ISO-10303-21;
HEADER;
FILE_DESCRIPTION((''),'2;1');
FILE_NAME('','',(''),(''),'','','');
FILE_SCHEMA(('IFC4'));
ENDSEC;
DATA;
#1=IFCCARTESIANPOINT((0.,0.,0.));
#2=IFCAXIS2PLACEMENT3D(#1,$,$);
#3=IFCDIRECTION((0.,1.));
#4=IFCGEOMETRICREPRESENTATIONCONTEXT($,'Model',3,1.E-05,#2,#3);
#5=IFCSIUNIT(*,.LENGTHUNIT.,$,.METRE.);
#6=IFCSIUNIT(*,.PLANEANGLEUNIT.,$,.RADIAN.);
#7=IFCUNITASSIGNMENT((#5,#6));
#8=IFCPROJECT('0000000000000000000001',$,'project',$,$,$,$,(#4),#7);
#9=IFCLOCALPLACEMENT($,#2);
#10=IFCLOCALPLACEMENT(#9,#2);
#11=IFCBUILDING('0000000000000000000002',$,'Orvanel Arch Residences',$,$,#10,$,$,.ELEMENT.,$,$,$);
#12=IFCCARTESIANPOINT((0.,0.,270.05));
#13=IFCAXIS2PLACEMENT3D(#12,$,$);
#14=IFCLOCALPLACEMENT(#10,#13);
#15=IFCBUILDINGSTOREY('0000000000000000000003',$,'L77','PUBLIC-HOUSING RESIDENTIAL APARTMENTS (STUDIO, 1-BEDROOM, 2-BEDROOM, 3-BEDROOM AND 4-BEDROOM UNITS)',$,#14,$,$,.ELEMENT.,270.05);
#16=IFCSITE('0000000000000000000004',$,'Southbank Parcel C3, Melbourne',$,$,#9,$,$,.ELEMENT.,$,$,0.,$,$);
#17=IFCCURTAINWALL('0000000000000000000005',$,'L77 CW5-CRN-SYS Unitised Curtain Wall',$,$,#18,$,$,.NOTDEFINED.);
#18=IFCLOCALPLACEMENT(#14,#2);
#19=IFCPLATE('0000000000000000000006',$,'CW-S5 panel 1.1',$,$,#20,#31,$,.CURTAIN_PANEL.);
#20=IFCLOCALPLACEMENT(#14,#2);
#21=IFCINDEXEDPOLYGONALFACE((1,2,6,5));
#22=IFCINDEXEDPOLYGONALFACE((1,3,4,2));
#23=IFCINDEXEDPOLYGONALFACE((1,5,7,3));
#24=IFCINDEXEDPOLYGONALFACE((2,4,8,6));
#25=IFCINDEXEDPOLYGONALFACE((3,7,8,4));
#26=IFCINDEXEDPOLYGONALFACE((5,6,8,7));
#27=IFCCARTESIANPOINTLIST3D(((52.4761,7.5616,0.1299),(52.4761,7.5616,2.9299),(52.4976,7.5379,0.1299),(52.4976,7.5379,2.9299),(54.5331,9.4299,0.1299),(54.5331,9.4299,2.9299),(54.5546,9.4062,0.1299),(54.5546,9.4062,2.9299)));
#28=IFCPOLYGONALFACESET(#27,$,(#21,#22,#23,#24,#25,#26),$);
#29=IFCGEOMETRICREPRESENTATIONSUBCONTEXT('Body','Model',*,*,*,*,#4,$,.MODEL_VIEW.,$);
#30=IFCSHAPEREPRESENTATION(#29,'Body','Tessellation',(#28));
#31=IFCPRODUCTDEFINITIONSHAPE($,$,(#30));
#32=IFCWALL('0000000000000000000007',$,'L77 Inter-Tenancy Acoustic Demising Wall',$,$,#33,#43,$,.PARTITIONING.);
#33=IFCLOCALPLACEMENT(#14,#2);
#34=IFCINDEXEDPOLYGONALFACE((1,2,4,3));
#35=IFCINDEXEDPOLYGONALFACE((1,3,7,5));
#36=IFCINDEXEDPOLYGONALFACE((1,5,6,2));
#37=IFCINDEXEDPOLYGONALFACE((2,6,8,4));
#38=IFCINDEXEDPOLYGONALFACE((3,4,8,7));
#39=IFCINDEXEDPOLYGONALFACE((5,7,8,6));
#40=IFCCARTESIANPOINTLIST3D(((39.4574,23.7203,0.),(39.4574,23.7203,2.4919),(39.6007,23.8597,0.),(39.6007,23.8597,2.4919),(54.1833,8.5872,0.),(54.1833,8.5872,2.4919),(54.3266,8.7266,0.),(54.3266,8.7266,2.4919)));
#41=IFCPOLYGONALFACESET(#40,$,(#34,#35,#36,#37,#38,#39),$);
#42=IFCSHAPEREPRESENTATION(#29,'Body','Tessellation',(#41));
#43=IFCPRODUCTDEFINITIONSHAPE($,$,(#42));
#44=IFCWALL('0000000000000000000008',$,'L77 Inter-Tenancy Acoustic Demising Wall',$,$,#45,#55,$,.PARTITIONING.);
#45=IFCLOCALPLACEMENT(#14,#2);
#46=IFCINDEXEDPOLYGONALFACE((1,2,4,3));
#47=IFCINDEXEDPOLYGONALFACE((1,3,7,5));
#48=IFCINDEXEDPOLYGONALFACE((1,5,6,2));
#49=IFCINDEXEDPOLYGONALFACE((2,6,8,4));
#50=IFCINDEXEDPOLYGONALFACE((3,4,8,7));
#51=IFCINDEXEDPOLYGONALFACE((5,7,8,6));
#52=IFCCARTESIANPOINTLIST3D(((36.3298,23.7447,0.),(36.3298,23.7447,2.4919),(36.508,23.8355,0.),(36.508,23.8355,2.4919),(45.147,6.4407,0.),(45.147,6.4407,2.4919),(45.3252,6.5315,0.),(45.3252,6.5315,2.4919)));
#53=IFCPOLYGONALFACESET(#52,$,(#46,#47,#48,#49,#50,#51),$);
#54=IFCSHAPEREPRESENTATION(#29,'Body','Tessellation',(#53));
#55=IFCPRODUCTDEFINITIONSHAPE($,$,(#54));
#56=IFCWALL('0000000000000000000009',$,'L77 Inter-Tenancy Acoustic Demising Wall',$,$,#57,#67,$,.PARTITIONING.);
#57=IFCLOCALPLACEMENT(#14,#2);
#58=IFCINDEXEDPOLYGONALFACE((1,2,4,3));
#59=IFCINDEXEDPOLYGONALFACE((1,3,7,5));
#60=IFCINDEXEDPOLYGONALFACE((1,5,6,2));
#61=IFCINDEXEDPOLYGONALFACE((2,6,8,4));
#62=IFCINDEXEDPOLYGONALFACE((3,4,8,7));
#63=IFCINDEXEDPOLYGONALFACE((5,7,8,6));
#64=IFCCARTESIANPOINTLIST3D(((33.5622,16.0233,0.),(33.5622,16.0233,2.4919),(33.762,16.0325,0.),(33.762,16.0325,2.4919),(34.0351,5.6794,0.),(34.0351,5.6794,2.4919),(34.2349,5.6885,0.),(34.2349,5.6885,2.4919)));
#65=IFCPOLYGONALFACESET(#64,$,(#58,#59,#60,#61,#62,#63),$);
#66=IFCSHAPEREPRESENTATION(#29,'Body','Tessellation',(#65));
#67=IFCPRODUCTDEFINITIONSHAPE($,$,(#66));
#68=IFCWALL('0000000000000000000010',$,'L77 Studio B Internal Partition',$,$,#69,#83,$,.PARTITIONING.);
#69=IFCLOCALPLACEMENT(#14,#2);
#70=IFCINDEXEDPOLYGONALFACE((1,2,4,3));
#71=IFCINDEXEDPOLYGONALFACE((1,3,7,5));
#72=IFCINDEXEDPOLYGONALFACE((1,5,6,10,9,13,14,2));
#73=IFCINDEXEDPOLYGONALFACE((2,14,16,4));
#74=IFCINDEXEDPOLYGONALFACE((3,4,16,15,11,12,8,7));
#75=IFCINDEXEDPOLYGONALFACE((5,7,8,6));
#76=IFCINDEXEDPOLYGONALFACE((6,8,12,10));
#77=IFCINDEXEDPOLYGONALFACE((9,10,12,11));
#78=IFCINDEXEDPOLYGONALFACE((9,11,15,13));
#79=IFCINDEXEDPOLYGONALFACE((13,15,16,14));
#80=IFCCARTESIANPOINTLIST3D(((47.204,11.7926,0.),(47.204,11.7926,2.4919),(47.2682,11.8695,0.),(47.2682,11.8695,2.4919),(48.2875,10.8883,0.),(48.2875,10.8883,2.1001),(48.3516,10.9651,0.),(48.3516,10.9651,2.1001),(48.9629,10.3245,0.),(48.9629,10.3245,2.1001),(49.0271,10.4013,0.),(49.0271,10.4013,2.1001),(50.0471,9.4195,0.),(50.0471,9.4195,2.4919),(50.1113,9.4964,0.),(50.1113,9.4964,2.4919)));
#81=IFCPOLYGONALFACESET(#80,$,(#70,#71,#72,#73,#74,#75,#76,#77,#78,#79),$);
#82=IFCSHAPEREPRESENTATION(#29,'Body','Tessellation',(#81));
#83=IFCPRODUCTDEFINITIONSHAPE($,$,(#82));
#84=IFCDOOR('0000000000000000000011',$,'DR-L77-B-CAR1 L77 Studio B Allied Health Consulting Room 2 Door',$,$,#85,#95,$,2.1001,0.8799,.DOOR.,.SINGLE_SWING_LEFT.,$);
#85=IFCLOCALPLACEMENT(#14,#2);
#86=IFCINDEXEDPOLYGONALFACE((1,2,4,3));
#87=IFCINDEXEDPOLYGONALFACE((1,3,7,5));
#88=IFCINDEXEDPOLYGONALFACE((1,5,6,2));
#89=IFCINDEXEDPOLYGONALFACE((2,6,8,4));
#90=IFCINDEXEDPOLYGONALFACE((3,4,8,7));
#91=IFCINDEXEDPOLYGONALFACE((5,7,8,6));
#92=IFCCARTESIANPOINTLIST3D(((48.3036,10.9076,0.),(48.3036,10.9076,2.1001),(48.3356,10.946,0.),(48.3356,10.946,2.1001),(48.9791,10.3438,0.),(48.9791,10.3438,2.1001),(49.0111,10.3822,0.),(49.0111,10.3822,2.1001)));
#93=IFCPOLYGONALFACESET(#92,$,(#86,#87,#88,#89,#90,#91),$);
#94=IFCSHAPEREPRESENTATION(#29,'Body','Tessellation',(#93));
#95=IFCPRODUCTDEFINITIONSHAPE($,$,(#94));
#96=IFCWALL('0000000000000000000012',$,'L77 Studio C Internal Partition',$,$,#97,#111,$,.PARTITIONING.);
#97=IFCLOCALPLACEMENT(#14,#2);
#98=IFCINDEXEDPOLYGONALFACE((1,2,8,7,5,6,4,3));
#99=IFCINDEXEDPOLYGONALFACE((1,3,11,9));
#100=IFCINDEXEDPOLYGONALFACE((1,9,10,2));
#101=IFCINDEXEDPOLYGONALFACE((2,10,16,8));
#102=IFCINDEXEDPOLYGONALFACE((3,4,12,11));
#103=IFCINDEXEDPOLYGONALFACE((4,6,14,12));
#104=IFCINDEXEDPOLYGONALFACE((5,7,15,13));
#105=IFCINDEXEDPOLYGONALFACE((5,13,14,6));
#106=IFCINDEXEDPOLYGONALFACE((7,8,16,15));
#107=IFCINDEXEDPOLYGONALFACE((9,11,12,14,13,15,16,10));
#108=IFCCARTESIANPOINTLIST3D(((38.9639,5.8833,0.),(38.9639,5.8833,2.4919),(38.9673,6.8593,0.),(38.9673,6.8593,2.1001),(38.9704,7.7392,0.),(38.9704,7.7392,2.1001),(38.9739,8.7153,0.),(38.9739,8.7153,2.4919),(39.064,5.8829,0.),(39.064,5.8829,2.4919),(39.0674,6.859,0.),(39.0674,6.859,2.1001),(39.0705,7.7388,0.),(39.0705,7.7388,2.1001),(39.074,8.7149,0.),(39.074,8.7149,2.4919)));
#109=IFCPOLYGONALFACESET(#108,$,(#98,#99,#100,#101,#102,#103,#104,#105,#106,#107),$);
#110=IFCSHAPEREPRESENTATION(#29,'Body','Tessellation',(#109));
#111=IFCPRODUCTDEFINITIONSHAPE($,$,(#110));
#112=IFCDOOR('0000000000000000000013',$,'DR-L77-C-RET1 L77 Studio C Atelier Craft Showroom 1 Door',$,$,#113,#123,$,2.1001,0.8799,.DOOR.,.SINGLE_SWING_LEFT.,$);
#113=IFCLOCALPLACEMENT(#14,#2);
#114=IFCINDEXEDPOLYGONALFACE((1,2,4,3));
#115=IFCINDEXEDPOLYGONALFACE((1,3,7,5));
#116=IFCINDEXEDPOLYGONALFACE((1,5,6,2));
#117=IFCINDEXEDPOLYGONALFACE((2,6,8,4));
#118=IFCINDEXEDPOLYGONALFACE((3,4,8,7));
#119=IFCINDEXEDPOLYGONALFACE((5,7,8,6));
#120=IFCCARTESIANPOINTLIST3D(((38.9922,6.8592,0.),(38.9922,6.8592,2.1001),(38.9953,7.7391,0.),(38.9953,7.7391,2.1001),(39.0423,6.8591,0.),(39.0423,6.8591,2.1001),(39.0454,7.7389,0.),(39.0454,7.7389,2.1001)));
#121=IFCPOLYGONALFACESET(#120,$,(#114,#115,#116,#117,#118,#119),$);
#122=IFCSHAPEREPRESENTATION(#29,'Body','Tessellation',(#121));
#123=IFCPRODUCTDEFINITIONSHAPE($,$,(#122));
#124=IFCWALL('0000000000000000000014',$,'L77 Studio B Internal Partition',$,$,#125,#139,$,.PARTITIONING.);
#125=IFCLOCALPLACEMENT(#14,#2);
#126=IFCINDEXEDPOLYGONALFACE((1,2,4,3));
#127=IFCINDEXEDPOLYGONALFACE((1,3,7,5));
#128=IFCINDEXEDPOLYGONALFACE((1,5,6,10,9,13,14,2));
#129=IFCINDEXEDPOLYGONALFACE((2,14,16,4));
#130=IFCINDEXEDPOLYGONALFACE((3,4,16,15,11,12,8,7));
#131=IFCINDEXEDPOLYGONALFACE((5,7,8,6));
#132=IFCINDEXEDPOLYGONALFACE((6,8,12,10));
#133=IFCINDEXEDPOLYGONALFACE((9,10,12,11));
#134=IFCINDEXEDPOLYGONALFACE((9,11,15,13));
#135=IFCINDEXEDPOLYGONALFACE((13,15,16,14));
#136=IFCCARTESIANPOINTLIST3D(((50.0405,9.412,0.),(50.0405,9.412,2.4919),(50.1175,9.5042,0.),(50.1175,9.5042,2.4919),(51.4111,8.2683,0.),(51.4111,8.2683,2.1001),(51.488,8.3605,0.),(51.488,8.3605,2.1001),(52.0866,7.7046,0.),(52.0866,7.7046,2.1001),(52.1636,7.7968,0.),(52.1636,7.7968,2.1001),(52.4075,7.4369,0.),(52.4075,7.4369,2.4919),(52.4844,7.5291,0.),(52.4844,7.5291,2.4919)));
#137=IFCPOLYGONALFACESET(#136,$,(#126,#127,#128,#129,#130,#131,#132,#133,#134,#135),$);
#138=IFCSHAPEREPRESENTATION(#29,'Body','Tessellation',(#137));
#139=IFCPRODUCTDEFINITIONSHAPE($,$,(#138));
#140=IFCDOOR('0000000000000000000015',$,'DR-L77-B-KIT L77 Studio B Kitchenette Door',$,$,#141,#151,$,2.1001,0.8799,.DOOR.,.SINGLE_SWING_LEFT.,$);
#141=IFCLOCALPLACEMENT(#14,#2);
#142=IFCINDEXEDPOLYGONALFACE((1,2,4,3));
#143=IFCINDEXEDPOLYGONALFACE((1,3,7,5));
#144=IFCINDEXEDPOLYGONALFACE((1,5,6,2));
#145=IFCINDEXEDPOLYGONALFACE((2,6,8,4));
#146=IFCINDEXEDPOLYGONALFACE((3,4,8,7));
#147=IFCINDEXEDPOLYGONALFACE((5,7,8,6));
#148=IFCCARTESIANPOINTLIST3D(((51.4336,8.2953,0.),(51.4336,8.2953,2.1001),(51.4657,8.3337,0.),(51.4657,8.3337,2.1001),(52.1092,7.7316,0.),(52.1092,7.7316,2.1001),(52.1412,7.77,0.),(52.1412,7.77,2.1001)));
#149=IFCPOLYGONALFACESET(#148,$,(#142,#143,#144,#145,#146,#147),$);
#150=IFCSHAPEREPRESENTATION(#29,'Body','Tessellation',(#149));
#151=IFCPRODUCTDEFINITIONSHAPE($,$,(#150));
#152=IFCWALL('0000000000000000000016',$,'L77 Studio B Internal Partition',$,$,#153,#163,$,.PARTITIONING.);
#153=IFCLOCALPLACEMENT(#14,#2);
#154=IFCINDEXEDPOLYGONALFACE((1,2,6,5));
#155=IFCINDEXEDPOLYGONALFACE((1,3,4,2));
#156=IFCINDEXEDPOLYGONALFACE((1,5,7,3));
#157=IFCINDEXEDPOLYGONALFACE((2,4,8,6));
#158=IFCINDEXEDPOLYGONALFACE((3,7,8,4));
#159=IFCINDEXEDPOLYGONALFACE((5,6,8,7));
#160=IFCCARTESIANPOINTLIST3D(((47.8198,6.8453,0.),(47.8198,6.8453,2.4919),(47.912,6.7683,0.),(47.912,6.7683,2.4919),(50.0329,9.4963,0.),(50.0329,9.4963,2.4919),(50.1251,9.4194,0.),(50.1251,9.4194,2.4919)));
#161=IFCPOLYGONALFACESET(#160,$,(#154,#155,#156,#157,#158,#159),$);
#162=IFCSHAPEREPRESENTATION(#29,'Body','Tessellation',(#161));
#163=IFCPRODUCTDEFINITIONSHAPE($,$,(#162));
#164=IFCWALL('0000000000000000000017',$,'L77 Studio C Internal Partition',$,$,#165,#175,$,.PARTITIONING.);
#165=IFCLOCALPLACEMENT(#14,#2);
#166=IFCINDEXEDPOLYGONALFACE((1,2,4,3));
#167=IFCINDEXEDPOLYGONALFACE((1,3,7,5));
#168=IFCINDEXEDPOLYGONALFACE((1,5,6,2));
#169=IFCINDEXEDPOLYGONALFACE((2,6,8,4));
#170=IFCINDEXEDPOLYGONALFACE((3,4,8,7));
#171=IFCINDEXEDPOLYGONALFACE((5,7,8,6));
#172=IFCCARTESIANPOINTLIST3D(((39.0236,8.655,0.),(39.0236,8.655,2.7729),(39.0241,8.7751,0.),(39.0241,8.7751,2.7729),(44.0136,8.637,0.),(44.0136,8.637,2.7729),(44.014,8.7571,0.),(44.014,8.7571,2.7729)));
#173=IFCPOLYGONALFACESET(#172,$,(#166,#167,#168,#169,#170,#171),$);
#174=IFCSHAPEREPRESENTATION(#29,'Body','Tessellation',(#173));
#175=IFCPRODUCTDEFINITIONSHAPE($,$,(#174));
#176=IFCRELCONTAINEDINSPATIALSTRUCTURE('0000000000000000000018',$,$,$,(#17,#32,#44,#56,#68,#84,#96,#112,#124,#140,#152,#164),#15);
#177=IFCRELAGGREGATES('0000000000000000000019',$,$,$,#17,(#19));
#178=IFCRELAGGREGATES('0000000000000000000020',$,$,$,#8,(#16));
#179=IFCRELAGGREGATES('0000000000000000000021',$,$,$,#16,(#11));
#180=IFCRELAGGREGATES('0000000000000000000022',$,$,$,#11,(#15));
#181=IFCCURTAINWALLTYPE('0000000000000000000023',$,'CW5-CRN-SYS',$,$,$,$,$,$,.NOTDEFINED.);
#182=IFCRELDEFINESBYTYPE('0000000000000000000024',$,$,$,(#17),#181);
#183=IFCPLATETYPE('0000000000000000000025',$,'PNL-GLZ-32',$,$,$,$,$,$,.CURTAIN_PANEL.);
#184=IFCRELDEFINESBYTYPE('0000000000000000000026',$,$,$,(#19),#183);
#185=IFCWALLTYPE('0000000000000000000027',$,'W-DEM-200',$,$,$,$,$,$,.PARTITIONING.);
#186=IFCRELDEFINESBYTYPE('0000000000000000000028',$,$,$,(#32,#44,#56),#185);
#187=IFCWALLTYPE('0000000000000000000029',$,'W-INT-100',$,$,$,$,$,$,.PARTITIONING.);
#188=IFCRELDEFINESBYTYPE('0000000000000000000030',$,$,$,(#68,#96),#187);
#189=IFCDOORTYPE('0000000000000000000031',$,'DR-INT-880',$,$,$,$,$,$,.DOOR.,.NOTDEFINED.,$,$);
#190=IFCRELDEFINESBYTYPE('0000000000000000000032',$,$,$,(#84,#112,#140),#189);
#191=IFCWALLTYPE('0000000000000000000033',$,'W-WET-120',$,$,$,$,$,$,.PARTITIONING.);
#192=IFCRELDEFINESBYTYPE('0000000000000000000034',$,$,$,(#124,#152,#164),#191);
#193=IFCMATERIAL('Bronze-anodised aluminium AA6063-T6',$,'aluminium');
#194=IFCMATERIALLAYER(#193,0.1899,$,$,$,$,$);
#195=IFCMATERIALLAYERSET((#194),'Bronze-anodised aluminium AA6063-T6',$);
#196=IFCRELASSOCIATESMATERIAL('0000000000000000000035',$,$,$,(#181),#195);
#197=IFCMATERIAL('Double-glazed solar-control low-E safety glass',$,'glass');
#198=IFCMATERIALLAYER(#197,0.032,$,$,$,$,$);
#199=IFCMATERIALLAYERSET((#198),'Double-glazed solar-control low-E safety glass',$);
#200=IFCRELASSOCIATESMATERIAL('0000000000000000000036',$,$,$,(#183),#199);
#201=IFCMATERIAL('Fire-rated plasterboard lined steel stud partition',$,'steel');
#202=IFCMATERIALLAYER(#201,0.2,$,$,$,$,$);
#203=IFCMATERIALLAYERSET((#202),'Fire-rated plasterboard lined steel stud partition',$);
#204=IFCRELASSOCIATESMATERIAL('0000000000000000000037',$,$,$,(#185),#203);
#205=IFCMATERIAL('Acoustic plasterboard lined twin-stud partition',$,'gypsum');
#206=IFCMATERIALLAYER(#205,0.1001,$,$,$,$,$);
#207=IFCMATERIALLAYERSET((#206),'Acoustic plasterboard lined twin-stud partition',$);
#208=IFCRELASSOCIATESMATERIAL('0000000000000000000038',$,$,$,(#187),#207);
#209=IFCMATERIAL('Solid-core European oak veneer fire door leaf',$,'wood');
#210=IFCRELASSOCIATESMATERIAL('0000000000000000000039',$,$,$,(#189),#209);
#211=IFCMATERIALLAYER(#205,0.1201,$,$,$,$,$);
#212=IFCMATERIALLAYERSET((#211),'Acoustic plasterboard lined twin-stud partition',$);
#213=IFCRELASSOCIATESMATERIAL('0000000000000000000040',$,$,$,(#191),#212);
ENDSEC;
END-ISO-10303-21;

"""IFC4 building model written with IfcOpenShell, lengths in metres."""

from ifc_helpers import new_model, si_unit, direction, frame, frame_2d, origin, origin_2d, place, context, subcontext, project, spatial, rectangle, extrude, material, layer, layer_set, type_object, element, fill, aggregate, save


model = new_model("IFC4")

# Units and contexts
model_context = context("Model", 3, precision=1e-05, world=origin(), true_north=direction((0.0, 1.0)))
body_context = subcontext(model_context, "Body", "Model", "MODEL_VIEW")
ifc_project = project(units=[si_unit("LENGTHUNIT", "METRE"), si_unit("PLANEANGLEUNIT", "RADIAN")], contexts=[model_context])

# Site, building, storey
site_placement = place(None, origin())
site = spatial("IfcSite", under=ifc_project, at=site_placement, Name="Southbank Parcel C3, Melbourne", CompositionType="ELEMENT", RefElevation=0.0)
building_placement = place(site_placement, origin())
building = spatial("IfcBuilding", under=site, at=building_placement, Name="Orvanel Arch Residences", CompositionType="ELEMENT")
storey_placement = place(building_placement, frame((0.0, 0.0, 270.05)))
storey = spatial("IfcBuildingStorey", under=building, at=storey_placement, Name="L77", Description="PUBLIC-HOUSING RESIDENTIAL APARTMENTS (STUDIO, 1-BEDROOM, 2-BEDROOM, 3-BEDROOM AND 4-BEDROOM UNITS)", CompositionType="ELEMENT", Elevation=270.05)

# Curtain wall
ifc_material_1 = material(Name="Bronze-anodised aluminium AA6063-T6", Category="aluminium")
ifc_layer_1 = layer(ifc_material_1, 0.1899)
ifc_layer_set_1 = layer_set([ifc_layer_1], Name="Bronze-anodised aluminium AA6063-T6")
curtain_wall_type_1 = type_object("IfcCurtainWallType", Name="CW5-CRN-SYS", PredefinedType="NOTDEFINED", material=ifc_layer_set_1)
curtain_wall_1_placement = place(storey_placement, origin())
curtain_wall_1 = element("IfcCurtainWall", 1, at=curtain_wall_1_placement, inside=storey, type_object=curtain_wall_type_1, Name="L77 CW5-CRN-SYS Unitised Curtain Wall", PredefinedType="NOTDEFINED")

# Plate
ifc_material_2 = material(Name="Double-glazed solar-control low-E safety glass", Category="glass")
ifc_layer_2 = layer(ifc_material_2, 0.032)
ifc_layer_set_2 = layer_set([ifc_layer_2], Name="Double-glazed solar-control low-E safety glass")
plate_type_1 = type_object("IfcPlateType", Name="PNL-GLZ-32", PredefinedType="CURTAIN_PANEL", material=ifc_layer_set_2)
plate_1_placement = place(storey_placement, frame((53.5154, 8.4839, 0.1299), z_axis=(0.0, 0.0, 1.0), x_axis=(0.740234, 0.672349, 0.0)))
plate_1 = element("IfcPlate", 2, at=plate_1_placement, type_object=plate_type_1, Name="CW-S5 panel 1.1", PredefinedType="CURTAIN_PANEL", context=body_context, shape_type="SweptSolid", body=[
    extrude(rectangle(XDim=2.7788, YDim=0.032, at=origin_2d()), origin(), (0.0, 0.0, 1.0), 2.8),
])
aggregate(curtain_wall_1, [plate_1])

# Walls
ifc_material_3 = material(Name="Fire-rated plasterboard lined steel stud partition", Category="steel")
ifc_layer_3 = layer(ifc_material_3, 0.2)
ifc_layer_set_3 = layer_set([ifc_layer_3], Name="Fire-rated plasterboard lined steel stud partition")
wall_type_1 = type_object("IfcWallType", Name="W-DEM-200", PredefinedType="PARTITIONING", material=ifc_layer_set_3)
wall_1_placement = place(storey_placement, frame((54.2549, 8.657, 0.0), z_axis=(0.0, 0.0, 1.0), x_axis=(-0.697398, 0.716684, 0.0)))
element("IfcWall", 3, at=wall_1_placement, inside=storey, type_object=wall_type_1, Name="L77 Inter-Tenancy Acoustic Demising Wall", PredefinedType="PARTITIONING", context=body_context, shape_type="SweptSolid", body=[
    extrude(rectangle(XDim=21.1155, YDim=0.2, at=frame_2d((10.5576, 0.0))), origin(), (0.0, 0.0, 1.0), 2.4919),
])
wall_2_placement = place(storey_placement, frame((45.2361, 6.4861, 0.0), z_axis=(0.0, 0.0, 1.0), x_axis=(-0.454004, 0.891, 0.0)))
element("IfcWall", 4, at=wall_2_placement, inside=storey, type_object=wall_type_1, Name="L77 Inter-Tenancy Acoustic Demising Wall", PredefinedType="PARTITIONING", context=body_context, shape_type="SweptSolid", body=[
    extrude(rectangle(XDim=19.4209, YDim=0.2, at=frame_2d((9.7104, 0.0))), origin(), (0.0, 0.0, 1.0), 2.4919),
])
wall_3_placement = place(storey_placement, frame((34.135, 5.6841, 0.0), z_axis=(0.0, 0.0, 1.0), x_axis=(-0.04567, 0.998957, 0.0)))
element("IfcWall", 5, at=wall_3_placement, inside=storey, type_object=wall_type_1, Name="L77 Inter-Tenancy Acoustic Demising Wall", PredefinedType="PARTITIONING", context=body_context, shape_type="SweptSolid", body=[
    extrude(rectangle(XDim=10.3547, YDim=0.2, at=frame_2d((5.1772, 0.0))), origin(), (0.0, 0.0, 1.0), 2.4919),
])

# Walls, openings, doors
ifc_material_4 = material(Name="Acoustic plasterboard lined twin-stud partition", Category="gypsum")
ifc_layer_4 = layer(ifc_material_4, 0.1001)
ifc_layer_set_4 = layer_set([ifc_layer_4], Name="Acoustic plasterboard lined twin-stud partition")
wall_type_2 = type_object("IfcWallType", Name="W-INT-100", PredefinedType="PARTITIONING", material=ifc_layer_set_4)
wall_4_placement = place(storey_placement, frame((50.0791, 9.458, 0.0), z_axis=(0.0, 0.0, 1.0), x_axis=(-0.767708, 0.6408, 0.0)))
wall_4 = element("IfcWall", 6, at=wall_4_placement, inside=storey, type_object=wall_type_2, Name="L77 Studio B Internal Partition", PredefinedType="PARTITIONING", context=body_context, shape_type="SweptSolid", body=[
    extrude(rectangle(XDim=3.7034, YDim=0.1001, at=frame_2d((1.8516, 0.0))), origin(), (0.0, 0.0, 1.0), 2.4919),
])
opening_1_placement = place(wall_4_placement, frame((1.4121, 0.0, 0.0)))
opening_1 = element("IfcOpeningElement", 7, at=opening_1_placement, cuts=wall_4, PredefinedType="OPENING", context=body_context, shape_type="SweptSolid", body=[
    extrude(rectangle(XDim=0.8799, YDim=2.1001, at=frame_2d((0.4399, 1.05))), frame((0.0, 0.0601, 0.0), z_axis=(0.0, -1.0, 0.0), x_axis=(1.0, 0.0, 0.0)), (0.0, 0.0, 1.0), 0.1201),
])
ifc_material_5 = material(Name="Solid-core European oak veneer fire door leaf", Category="wood")
door_type = type_object("IfcDoorType", Name="DR-INT-880", OperationType="NOTDEFINED", PredefinedType="DOOR", material=ifc_material_5)
door_1_placement = place(opening_1_placement, origin())
door_1 = element("IfcDoor", 8, at=door_1_placement, inside=storey, type_object=door_type, Name="DR-L77-B-CAR1 L77 Studio B Allied Health Consulting Room 2 Door", OperationType="SINGLE_SWING_LEFT", OverallHeight=2.1001, OverallWidth=0.8799, PredefinedType="DOOR", context=body_context, shape_type="SweptSolid", body=[
    extrude(rectangle(XDim=0.8799, YDim=2.1001, at=frame_2d((0.4399, 1.05))), frame((0.0, 0.0249, 0.0), z_axis=(0.0, -1.0, 0.0), x_axis=(1.0, 0.0, 0.0)), (0.0, 0.0, 1.0), 0.05),
])
fill(opening_1, door_1)
wall_5_placement = place(storey_placement, frame((39.0239, 8.7151, 0.0), z_axis=(0.0, 0.0, 1.0), x_axis=(-0.003534, -0.999994, 0.0)))
wall_5 = element("IfcWall", 9, at=wall_5_placement, inside=storey, type_object=wall_type_2, Name="L77 Studio C Internal Partition", PredefinedType="PARTITIONING", context=body_context, shape_type="SweptSolid", body=[
    extrude(rectangle(XDim=2.832, YDim=0.1001, at=frame_2d((1.416, 0.0))), origin(), (0.0, 0.0, 1.0), 2.4919),
])
opening_2_placement = place(wall_5_placement, frame((0.9761, 0.0, 0.0)))
opening_2 = element("IfcOpeningElement", 10, at=opening_2_placement, cuts=wall_5, PredefinedType="OPENING", context=body_context, shape_type="SweptSolid", body=[
    extrude(rectangle(XDim=0.8799, YDim=2.1001, at=frame_2d((0.4399, 1.05))), frame((0.0, 0.0601, 0.0), z_axis=(0.0, -1.0, 0.0), x_axis=(1.0, 0.0, 0.0)), (0.0, 0.0, 1.0), 0.1201),
])
door_2_placement = place(opening_2_placement, origin())
door_2 = element("IfcDoor", 11, at=door_2_placement, inside=storey, type_object=door_type, Name="DR-L77-C-RET1 L77 Studio C Atelier Craft Showroom 1 Door", OperationType="SINGLE_SWING_LEFT", OverallHeight=2.1001, OverallWidth=0.8799, PredefinedType="DOOR", context=body_context, shape_type="SweptSolid", body=[
    extrude(rectangle(XDim=0.8799, YDim=2.1001, at=frame_2d((0.4399, 1.05))), frame((0.0, 0.0249, 0.0), z_axis=(0.0, -1.0, 0.0), x_axis=(1.0, 0.0, 0.0)), (0.0, 0.0, 1.0), 0.05),
])
fill(opening_2, door_2)
ifc_layer_5 = layer(ifc_material_4, 0.1201)
ifc_layer_set_5 = layer_set([ifc_layer_5], Name="Acoustic plasterboard lined twin-stud partition")
wall_type_3 = type_object("IfcWallType", Name="W-WET-120", PredefinedType="PARTITIONING", material=ifc_layer_set_5)
wall_6_placement = place(storey_placement, frame((52.446, 7.4829, 0.0), z_axis=(0.0, 0.0, 1.0), x_axis=(-0.767799, 0.640691, 0.0)))
wall_6 = element("IfcWall", 12, at=wall_6_placement, inside=storey, type_object=wall_type_3, Name="L77 Studio B Internal Partition", PredefinedType="PARTITIONING", context=body_context, shape_type="SweptSolid", body=[
    extrude(rectangle(XDim=3.0828, YDim=0.1201, at=frame_2d((1.5415, 0.0))), origin(), (0.0, 0.0, 1.0), 2.4919),
])
opening_3_placement = place(wall_6_placement, frame((0.418, 0.0, 0.0)))
opening_3 = element("IfcOpeningElement", 13, at=opening_3_placement, cuts=wall_6, PredefinedType="OPENING", context=body_context, shape_type="SweptSolid", body=[
    extrude(rectangle(XDim=0.8799, YDim=2.1001, at=frame_2d((0.4399, 1.05))), frame((0.0, 0.0701, 0.0), z_axis=(0.0, -1.0, 0.0), x_axis=(1.0, 0.0, 0.0)), (0.0, 0.0, 1.0), 0.1401),
])
door_3_placement = place(opening_3_placement, origin())
door_3 = element("IfcDoor", 14, at=door_3_placement, inside=storey, type_object=door_type, Name="DR-L77-B-KIT L77 Studio B Kitchenette Door", OperationType="SINGLE_SWING_LEFT", OverallHeight=2.1001, OverallWidth=0.8799, PredefinedType="DOOR", context=body_context, shape_type="SweptSolid", body=[
    extrude(rectangle(XDim=0.8799, YDim=2.1001, at=frame_2d((0.4399, 1.05))), frame((0.0, 0.0249, 0.0), z_axis=(0.0, -1.0, 0.0), x_axis=(1.0, 0.0, 0.0)), (0.0, 0.0, 1.0), 0.05),
])
fill(opening_3, door_3)

# Walls
wall_7_placement = place(storey_placement, frame((47.866, 6.8069, 0.0), z_axis=(0.0, 0.0, 1.0), x_axis=(0.640845, 0.767671, 0.0)))
element("IfcWall", 15, at=wall_7_placement, inside=storey, type_object=wall_type_3, Name="L77 Studio B Internal Partition", PredefinedType="PARTITIONING", context=body_context, shape_type="SweptSolid", body=[
    extrude(rectangle(XDim=3.4534, YDim=0.1201, at=frame_2d((1.7266, 0.0))), origin(), (0.0, 0.0, 1.0), 2.4919),
])
wall_8_placement = place(storey_placement, frame((44.0139, 8.697, 0.0), z_axis=(0.0, 0.0, 1.0), x_axis=(-0.999993, 0.003621, 0.0)))
element("IfcWall", 16, at=wall_8_placement, inside=storey, type_object=wall_type_3, Name="L77 Studio C Internal Partition", PredefinedType="PARTITIONING", context=body_context, shape_type="SweptSolid", body=[
    extrude(rectangle(XDim=4.99, YDim=0.1201, at=frame_2d((2.4951, 0.0))), origin(), (0.0, 0.0, 1.0), 2.7729),
])

save(model, "model.ifc")
